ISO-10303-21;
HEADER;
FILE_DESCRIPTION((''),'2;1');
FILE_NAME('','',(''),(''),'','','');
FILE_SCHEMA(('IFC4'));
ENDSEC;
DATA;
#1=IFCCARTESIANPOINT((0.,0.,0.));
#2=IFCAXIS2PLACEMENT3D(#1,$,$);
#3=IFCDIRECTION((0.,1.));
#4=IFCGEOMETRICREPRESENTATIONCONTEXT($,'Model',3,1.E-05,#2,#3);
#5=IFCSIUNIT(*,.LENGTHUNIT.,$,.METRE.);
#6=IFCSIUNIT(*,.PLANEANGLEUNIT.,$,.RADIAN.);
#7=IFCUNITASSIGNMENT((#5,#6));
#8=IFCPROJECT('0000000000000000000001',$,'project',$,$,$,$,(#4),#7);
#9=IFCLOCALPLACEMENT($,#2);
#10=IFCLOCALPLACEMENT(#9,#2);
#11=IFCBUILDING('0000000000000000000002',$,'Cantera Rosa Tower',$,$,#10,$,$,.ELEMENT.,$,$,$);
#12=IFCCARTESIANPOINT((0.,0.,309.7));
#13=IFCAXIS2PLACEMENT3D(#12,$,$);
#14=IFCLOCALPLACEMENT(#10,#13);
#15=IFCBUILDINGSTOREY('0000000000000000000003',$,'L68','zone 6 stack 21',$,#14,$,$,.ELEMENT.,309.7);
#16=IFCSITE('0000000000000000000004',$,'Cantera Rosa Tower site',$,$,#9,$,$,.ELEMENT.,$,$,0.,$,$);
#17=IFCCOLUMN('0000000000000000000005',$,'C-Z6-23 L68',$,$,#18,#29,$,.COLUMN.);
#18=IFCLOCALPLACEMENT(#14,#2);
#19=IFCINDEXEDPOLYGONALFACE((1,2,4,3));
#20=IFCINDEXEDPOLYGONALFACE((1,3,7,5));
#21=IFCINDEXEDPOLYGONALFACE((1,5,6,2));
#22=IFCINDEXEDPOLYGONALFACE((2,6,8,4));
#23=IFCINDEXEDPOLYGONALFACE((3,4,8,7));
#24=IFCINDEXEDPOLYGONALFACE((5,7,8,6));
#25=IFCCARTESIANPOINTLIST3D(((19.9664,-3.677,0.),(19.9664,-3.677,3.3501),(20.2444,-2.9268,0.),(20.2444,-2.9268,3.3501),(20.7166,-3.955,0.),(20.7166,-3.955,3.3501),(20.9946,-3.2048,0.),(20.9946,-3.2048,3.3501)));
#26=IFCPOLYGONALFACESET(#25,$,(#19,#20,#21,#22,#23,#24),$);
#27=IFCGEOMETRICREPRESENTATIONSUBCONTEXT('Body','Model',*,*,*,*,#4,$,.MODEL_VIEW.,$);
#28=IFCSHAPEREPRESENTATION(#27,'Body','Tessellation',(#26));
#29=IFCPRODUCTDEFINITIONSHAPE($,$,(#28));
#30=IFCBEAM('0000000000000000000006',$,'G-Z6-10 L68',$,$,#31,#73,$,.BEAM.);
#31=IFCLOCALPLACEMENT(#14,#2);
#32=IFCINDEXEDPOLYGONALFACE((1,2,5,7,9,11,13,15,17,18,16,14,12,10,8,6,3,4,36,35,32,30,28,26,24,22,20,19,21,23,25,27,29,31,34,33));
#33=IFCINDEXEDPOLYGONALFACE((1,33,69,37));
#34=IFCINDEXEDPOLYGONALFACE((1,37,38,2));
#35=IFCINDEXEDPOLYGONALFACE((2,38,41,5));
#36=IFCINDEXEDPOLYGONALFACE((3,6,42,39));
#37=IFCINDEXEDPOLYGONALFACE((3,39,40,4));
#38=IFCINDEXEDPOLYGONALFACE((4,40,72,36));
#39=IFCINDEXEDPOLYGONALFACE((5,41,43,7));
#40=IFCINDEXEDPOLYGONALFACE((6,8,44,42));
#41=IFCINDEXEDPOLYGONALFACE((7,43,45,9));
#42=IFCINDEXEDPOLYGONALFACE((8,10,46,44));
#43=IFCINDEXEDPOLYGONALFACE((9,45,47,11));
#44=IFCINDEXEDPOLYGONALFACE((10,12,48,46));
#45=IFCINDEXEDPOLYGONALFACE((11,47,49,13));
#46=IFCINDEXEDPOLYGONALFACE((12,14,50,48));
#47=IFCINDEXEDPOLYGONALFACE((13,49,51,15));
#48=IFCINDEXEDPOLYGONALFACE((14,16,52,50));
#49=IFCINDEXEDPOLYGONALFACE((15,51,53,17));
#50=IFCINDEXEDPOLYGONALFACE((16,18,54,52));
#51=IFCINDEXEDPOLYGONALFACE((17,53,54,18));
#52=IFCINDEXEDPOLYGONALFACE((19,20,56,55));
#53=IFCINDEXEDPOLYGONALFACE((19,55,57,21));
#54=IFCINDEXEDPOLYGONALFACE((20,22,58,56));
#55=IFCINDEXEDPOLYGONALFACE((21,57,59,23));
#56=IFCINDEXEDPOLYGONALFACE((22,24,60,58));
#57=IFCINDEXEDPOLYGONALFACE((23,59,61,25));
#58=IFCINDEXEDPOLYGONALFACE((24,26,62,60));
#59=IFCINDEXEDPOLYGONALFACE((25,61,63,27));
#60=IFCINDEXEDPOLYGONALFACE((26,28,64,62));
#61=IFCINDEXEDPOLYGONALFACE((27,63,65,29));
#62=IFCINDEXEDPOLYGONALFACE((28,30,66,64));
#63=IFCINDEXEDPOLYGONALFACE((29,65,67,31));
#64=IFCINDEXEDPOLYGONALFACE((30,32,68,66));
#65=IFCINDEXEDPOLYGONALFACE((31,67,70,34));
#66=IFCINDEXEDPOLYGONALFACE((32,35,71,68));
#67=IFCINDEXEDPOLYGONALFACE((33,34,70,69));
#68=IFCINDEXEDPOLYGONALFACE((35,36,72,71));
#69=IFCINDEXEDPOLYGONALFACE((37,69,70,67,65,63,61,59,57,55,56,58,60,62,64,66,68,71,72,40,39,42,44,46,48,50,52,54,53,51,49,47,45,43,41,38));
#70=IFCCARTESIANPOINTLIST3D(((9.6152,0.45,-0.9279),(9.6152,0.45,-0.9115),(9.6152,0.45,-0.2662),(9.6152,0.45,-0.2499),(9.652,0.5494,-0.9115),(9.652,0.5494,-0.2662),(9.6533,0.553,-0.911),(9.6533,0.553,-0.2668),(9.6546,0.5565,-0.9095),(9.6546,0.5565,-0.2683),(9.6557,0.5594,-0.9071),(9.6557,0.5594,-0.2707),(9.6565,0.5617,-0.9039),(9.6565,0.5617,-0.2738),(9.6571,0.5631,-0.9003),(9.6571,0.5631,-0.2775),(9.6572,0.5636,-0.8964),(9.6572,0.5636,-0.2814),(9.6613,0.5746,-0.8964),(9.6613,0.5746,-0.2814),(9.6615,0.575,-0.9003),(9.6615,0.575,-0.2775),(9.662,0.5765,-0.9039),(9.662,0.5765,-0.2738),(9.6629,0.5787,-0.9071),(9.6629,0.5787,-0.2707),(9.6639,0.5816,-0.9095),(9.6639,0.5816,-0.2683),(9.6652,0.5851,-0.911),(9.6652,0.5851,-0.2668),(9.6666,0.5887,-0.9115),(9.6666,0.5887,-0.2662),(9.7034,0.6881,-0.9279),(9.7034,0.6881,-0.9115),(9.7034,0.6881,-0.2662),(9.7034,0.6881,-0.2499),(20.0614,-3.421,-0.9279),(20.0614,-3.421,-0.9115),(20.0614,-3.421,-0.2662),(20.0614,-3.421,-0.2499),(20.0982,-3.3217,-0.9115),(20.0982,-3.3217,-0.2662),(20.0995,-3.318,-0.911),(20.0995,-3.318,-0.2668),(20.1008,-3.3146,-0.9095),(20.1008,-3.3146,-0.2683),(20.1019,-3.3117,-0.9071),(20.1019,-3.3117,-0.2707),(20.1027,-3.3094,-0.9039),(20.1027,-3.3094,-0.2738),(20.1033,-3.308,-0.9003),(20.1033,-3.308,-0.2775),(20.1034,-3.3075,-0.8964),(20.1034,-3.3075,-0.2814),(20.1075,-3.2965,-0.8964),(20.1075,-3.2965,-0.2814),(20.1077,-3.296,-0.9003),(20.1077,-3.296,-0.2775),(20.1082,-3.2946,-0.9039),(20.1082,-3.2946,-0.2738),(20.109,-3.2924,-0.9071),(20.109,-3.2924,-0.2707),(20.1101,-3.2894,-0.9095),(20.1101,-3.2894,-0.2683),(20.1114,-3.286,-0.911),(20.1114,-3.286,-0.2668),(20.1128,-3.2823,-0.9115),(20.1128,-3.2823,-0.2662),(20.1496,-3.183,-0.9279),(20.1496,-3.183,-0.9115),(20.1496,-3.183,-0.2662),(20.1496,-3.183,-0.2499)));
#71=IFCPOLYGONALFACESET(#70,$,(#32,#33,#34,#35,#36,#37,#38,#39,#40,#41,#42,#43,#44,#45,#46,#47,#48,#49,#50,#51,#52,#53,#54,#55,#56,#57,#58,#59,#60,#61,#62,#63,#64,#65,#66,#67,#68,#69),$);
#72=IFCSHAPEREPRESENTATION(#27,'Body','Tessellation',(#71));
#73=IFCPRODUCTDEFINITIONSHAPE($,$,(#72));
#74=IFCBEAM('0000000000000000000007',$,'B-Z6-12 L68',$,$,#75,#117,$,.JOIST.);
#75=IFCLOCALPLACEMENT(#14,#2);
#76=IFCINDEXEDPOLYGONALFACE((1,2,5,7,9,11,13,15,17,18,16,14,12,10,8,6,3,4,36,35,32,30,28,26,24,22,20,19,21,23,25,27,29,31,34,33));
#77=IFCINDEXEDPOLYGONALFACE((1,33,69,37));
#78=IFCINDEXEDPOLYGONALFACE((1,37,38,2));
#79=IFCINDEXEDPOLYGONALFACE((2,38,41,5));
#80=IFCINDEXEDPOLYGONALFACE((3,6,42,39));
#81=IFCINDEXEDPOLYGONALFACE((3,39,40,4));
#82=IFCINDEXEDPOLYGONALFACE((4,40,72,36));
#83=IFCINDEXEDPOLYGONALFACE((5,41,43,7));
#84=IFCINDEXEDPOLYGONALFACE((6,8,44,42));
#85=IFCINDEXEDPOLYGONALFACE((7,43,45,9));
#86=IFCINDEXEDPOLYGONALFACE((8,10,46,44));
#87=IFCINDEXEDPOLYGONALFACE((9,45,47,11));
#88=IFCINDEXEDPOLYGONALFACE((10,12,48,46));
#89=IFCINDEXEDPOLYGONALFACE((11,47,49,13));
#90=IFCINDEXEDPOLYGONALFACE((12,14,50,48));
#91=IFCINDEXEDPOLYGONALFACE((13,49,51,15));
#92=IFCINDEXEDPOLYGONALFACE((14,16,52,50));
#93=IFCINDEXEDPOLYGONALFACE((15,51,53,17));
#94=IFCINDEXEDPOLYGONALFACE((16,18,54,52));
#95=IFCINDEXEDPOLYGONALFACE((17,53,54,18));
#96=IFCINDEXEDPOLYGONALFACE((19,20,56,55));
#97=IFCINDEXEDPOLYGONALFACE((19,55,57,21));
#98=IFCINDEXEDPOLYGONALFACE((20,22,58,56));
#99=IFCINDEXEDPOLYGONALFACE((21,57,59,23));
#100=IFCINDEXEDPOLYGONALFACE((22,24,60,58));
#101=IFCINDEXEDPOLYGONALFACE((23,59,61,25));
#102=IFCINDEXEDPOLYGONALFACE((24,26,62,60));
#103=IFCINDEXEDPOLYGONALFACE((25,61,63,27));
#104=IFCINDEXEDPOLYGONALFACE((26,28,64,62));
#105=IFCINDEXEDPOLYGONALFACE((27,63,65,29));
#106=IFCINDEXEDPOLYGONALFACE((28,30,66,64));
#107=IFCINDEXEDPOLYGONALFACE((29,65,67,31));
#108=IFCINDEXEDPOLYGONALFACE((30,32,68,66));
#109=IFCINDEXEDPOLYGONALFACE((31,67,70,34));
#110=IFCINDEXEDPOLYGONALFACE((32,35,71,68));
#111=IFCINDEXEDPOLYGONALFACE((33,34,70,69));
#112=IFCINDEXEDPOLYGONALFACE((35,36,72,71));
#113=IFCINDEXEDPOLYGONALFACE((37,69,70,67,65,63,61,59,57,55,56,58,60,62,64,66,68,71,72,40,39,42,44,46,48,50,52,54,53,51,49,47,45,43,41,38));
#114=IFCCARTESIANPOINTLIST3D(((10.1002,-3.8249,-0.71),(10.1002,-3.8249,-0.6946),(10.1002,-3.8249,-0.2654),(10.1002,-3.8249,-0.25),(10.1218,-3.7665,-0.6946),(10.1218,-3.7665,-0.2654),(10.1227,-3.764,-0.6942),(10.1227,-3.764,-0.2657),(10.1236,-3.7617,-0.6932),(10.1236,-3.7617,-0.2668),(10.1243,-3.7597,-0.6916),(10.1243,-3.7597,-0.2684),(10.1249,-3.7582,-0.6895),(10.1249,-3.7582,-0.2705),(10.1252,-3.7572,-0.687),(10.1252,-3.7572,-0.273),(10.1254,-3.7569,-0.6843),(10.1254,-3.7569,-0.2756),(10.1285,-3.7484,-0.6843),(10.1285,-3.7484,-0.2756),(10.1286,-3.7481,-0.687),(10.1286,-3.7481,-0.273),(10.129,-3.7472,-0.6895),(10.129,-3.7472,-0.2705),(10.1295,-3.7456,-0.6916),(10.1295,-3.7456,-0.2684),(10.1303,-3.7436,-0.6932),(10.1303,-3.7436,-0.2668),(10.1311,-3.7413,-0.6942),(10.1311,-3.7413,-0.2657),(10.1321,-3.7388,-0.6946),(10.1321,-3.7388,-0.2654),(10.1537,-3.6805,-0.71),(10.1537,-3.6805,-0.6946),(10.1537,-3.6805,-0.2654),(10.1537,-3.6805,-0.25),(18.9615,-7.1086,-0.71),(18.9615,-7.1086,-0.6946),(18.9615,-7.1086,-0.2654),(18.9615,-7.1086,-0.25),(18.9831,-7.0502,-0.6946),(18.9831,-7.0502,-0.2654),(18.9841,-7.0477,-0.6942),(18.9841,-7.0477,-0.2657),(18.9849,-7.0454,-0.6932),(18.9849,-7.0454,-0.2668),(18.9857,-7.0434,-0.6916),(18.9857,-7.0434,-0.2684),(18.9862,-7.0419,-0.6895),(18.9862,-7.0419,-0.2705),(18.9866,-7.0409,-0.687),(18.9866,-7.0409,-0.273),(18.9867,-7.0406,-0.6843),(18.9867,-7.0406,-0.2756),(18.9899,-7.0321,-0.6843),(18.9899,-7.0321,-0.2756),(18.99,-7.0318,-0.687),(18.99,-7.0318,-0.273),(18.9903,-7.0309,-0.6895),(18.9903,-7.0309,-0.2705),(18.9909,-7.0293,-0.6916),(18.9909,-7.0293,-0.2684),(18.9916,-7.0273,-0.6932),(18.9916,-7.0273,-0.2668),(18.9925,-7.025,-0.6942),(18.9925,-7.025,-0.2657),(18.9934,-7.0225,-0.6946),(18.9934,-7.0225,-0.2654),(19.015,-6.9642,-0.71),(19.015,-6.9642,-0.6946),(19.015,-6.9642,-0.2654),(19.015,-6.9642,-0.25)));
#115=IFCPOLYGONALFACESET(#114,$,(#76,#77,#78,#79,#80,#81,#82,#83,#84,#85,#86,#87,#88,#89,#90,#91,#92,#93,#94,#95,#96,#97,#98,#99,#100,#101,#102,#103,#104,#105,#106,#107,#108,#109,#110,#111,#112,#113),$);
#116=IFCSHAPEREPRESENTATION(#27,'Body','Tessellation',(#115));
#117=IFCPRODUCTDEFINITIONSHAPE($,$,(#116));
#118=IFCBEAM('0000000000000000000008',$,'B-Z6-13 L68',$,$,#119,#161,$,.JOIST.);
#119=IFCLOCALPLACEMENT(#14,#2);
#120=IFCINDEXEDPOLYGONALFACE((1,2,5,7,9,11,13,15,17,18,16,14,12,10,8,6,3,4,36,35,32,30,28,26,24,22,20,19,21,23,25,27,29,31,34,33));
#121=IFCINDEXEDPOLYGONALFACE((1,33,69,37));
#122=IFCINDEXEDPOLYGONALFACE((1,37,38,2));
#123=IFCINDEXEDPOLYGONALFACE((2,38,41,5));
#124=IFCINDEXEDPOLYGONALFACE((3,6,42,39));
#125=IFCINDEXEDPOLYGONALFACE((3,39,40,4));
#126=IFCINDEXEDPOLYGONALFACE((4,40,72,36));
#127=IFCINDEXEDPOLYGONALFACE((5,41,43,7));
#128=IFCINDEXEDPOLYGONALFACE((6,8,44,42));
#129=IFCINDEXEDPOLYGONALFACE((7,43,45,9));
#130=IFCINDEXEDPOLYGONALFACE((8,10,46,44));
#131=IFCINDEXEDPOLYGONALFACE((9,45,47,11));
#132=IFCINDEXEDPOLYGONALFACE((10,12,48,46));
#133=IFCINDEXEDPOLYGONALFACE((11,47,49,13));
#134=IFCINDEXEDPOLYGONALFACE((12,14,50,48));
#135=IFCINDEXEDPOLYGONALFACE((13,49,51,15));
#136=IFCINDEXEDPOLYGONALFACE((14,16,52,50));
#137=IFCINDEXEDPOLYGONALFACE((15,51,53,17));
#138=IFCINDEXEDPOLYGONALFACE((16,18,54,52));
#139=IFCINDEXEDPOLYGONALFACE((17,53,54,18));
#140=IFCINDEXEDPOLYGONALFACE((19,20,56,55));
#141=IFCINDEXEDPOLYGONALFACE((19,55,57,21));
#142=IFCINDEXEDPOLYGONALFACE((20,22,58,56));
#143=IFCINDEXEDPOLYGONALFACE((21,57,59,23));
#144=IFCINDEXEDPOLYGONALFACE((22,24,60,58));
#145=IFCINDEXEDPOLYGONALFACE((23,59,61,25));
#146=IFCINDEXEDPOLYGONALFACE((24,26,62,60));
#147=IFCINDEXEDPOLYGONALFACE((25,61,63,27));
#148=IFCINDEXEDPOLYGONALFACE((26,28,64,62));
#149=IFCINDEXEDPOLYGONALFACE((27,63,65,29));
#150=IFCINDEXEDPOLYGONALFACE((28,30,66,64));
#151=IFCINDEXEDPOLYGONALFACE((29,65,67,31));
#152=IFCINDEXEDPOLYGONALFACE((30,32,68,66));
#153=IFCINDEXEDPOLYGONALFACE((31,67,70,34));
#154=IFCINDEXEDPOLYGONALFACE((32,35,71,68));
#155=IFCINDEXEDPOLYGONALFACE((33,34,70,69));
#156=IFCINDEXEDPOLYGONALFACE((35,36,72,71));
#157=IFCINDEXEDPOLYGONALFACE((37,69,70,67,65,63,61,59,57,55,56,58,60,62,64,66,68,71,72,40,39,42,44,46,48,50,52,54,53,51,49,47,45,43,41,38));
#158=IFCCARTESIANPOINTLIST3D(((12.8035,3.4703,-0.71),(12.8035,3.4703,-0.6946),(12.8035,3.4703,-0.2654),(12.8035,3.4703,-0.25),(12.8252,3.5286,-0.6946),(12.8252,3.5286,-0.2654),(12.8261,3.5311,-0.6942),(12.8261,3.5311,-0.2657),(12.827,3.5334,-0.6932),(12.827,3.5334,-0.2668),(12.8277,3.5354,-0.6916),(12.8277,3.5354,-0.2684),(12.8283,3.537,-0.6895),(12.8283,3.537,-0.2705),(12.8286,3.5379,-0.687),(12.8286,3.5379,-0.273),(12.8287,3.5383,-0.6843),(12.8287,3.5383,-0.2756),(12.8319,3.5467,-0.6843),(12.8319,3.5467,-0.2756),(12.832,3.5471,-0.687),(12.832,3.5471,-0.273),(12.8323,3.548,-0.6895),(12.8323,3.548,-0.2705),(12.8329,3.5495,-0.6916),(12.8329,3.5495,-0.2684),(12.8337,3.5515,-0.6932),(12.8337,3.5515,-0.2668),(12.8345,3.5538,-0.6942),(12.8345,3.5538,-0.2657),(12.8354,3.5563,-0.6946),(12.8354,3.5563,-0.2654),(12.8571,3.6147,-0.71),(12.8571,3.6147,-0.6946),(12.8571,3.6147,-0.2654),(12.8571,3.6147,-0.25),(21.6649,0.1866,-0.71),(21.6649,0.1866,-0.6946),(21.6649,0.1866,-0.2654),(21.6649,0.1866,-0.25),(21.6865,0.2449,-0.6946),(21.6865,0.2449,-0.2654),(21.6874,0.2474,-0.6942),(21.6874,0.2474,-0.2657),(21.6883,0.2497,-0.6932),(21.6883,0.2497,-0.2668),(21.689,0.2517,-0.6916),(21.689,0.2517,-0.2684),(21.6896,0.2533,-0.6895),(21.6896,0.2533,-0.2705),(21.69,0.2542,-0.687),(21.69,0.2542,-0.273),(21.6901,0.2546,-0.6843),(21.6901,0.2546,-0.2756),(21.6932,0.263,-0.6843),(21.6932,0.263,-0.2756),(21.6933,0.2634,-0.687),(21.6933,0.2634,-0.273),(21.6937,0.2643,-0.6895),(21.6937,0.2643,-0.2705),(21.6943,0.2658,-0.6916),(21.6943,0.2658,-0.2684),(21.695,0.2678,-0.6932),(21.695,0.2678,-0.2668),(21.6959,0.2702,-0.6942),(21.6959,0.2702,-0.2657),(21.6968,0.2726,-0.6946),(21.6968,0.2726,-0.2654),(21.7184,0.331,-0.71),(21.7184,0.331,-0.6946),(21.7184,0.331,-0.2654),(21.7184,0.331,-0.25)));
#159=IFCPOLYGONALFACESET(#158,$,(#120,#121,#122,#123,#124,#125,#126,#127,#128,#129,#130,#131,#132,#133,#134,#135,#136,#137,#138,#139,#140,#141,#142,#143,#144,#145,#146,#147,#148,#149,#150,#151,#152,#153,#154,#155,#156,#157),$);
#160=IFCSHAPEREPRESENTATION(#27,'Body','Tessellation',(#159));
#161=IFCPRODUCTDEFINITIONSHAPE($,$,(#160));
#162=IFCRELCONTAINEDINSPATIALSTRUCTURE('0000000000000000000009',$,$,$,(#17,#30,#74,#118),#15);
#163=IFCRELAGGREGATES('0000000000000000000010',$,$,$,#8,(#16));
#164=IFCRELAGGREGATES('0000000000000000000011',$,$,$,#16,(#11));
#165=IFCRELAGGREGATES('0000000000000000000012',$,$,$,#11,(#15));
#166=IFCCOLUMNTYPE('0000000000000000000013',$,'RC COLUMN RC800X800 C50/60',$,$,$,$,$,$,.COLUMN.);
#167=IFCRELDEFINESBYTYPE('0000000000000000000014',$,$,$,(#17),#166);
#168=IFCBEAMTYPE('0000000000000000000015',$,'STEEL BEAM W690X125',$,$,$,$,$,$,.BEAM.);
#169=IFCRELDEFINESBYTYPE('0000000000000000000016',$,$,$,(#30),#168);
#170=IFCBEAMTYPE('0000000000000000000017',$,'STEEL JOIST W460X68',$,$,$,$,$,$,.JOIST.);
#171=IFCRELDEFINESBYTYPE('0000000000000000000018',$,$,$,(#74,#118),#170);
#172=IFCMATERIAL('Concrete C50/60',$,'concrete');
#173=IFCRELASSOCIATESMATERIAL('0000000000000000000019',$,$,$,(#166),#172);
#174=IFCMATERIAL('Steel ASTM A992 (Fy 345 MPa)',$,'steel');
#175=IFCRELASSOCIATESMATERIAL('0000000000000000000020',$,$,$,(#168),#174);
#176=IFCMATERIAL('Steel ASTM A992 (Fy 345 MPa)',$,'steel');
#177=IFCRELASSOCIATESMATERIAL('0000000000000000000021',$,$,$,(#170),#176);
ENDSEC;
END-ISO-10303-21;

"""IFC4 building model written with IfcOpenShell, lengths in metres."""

from ifc_helpers import new_model, si_unit, direction, frame, origin, origin_2d, place, context, subcontext, project, spatial, rectangle, i_section, extrude, material, material_profile, profile_set, type_object, element, save


model = new_model("IFC4")

# Units and contexts
model_context = context("Model", 3, precision=1e-05, world=origin(), true_north=direction((0.0, 1.0)))
body_context = subcontext(model_context, "Body", "Model", "MODEL_VIEW")
ifc_project = project(units=[si_unit("LENGTHUNIT", "METRE"), si_unit("PLANEANGLEUNIT", "RADIAN")], contexts=[model_context])

# Site, building, storey
site_placement = place(None, origin())
site = spatial("IfcSite", under=ifc_project, at=site_placement, Name="Cantera Rosa Tower site", CompositionType="ELEMENT", RefElevation=0.0)
building_placement = place(site_placement, origin())
building = spatial("IfcBuilding", under=site, at=building_placement, Name="Cantera Rosa Tower", CompositionType="ELEMENT")
storey_placement = place(building_placement, frame((0.0, 0.0, 309.7)))
storey = spatial("IfcBuildingStorey", under=building, at=storey_placement, Name="L68", Description="zone 6 stack 21", CompositionType="ELEMENT", Elevation=309.7)

# Column
ifc_material_1 = material(Name="Concrete C50/60", Category="concrete")
ifc_material_profile_1 = material_profile(ifc_material_1, rectangle(XDim=0.8, YDim=0.8, at=origin_2d()), Name="RC COLUMN RC800X800 C50/60")
ifc_profile_set_1 = profile_set([ifc_material_profile_1], Name="Concrete C50/60")
column_type = type_object("IfcColumnType", Name="RC COLUMN RC800X800 C50/60", PredefinedType="COLUMN", material=ifc_profile_set_1)
column_placement = place(storey_placement, frame((20.4805, -3.4409, 0.0), z_axis=(0.0, 0.0, 1.0), x_axis=(0.347481, 0.937687, 0.0)))
element("IfcColumn", 1, at=column_placement, inside=storey, type_object=column_type, Name="C-Z6-23 L68", PredefinedType="COLUMN", context=body_context, shape_type="SweptSolid", body=[
    extrude(rectangle(XDim=0.8, YDim=0.8, at=origin_2d()), origin(), (0.0, 0.0, 1.0), 3.3501),
])

# Beams
ifc_material_2 = material(Name="Steel ASTM A992 (Fy 345 MPa)", Category="steel")
ifc_material_profile_2 = material_profile(ifc_material_2, i_section(OverallWidth=0.2539, OverallDepth=0.678, WebThickness=0.0117, FlangeThickness=0.0164, FilletRadius=0.0151, at=origin_2d()), Name="W690X125")
ifc_profile_set_2 = profile_set([ifc_material_profile_2], Name="Steel ASTM A992 (Fy 345 MPa)")
beam_type_1 = type_object("IfcBeamType", Name="STEEL BEAM W690X125", PredefinedType="BEAM", material=ifc_profile_set_2)
beam_1_placement = place(storey_placement, frame((20.1055, -3.302, -0.5889), z_axis=(-0.937687, 0.34748, 0.0), x_axis=(-0.34748, -0.937687, 0.0)))
element("IfcBeam", 2, at=beam_1_placement, inside=storey, type_object=beam_type_1, Name="G-Z6-10 L68", PredefinedType="BEAM", context=body_context, shape_type="SweptSolid", body=[
    extrude(i_section(OverallWidth=0.2539, OverallDepth=0.678, WebThickness=0.0117, FlangeThickness=0.0164, FilletRadius=0.0151, at=origin_2d()), origin(), (0.0, 0.0, 1.0), 11.1404),
])
ifc_material_3 = material(Name="Steel ASTM A992 (Fy 345 MPa)", Category="steel")
ifc_material_profile_3 = material_profile(ifc_material_3, i_section(OverallWidth=0.1541, OverallDepth=0.46, WebThickness=0.009, FlangeThickness=0.0154, FilletRadius=0.0103, at=origin_2d()), Name="W460X68")
ifc_profile_set_3 = profile_set([ifc_material_profile_3], Name="Steel ASTM A992 (Fy 345 MPa)")
beam_type_2 = type_object("IfcBeamType", Name="STEEL JOIST W460X68", PredefinedType="JOIST", material=ifc_profile_set_3)
for number, where, z_axis, x_axis, name in (
    (3, (18.9883, -7.0364, -0.48), (-0.93769, 0.347474, 0.0), (-0.347474, -0.93769, 0.0), "B-Z6-12 L68"),
    (4, (21.6917, 0.2588, -0.48), (-0.93769, 0.347474, 0.0), (-0.347474, -0.93769, 0.0), "B-Z6-13 L68"),
):
    element("IfcBeam", number, at=place(storey_placement, frame(where, z_axis=z_axis, x_axis=x_axis)), inside=storey, type_object=beam_type_2, Name=name, PredefinedType="JOIST", context=body_context, shape_type="SweptSolid", body=[
        extrude(i_section(OverallWidth=0.1541, OverallDepth=0.46, WebThickness=0.009, FlangeThickness=0.0154, FilletRadius=0.0103, at=origin_2d()), origin(), (0.0, 0.0, 1.0), 9.4502),
    ])

save(model, "model.ifc")
